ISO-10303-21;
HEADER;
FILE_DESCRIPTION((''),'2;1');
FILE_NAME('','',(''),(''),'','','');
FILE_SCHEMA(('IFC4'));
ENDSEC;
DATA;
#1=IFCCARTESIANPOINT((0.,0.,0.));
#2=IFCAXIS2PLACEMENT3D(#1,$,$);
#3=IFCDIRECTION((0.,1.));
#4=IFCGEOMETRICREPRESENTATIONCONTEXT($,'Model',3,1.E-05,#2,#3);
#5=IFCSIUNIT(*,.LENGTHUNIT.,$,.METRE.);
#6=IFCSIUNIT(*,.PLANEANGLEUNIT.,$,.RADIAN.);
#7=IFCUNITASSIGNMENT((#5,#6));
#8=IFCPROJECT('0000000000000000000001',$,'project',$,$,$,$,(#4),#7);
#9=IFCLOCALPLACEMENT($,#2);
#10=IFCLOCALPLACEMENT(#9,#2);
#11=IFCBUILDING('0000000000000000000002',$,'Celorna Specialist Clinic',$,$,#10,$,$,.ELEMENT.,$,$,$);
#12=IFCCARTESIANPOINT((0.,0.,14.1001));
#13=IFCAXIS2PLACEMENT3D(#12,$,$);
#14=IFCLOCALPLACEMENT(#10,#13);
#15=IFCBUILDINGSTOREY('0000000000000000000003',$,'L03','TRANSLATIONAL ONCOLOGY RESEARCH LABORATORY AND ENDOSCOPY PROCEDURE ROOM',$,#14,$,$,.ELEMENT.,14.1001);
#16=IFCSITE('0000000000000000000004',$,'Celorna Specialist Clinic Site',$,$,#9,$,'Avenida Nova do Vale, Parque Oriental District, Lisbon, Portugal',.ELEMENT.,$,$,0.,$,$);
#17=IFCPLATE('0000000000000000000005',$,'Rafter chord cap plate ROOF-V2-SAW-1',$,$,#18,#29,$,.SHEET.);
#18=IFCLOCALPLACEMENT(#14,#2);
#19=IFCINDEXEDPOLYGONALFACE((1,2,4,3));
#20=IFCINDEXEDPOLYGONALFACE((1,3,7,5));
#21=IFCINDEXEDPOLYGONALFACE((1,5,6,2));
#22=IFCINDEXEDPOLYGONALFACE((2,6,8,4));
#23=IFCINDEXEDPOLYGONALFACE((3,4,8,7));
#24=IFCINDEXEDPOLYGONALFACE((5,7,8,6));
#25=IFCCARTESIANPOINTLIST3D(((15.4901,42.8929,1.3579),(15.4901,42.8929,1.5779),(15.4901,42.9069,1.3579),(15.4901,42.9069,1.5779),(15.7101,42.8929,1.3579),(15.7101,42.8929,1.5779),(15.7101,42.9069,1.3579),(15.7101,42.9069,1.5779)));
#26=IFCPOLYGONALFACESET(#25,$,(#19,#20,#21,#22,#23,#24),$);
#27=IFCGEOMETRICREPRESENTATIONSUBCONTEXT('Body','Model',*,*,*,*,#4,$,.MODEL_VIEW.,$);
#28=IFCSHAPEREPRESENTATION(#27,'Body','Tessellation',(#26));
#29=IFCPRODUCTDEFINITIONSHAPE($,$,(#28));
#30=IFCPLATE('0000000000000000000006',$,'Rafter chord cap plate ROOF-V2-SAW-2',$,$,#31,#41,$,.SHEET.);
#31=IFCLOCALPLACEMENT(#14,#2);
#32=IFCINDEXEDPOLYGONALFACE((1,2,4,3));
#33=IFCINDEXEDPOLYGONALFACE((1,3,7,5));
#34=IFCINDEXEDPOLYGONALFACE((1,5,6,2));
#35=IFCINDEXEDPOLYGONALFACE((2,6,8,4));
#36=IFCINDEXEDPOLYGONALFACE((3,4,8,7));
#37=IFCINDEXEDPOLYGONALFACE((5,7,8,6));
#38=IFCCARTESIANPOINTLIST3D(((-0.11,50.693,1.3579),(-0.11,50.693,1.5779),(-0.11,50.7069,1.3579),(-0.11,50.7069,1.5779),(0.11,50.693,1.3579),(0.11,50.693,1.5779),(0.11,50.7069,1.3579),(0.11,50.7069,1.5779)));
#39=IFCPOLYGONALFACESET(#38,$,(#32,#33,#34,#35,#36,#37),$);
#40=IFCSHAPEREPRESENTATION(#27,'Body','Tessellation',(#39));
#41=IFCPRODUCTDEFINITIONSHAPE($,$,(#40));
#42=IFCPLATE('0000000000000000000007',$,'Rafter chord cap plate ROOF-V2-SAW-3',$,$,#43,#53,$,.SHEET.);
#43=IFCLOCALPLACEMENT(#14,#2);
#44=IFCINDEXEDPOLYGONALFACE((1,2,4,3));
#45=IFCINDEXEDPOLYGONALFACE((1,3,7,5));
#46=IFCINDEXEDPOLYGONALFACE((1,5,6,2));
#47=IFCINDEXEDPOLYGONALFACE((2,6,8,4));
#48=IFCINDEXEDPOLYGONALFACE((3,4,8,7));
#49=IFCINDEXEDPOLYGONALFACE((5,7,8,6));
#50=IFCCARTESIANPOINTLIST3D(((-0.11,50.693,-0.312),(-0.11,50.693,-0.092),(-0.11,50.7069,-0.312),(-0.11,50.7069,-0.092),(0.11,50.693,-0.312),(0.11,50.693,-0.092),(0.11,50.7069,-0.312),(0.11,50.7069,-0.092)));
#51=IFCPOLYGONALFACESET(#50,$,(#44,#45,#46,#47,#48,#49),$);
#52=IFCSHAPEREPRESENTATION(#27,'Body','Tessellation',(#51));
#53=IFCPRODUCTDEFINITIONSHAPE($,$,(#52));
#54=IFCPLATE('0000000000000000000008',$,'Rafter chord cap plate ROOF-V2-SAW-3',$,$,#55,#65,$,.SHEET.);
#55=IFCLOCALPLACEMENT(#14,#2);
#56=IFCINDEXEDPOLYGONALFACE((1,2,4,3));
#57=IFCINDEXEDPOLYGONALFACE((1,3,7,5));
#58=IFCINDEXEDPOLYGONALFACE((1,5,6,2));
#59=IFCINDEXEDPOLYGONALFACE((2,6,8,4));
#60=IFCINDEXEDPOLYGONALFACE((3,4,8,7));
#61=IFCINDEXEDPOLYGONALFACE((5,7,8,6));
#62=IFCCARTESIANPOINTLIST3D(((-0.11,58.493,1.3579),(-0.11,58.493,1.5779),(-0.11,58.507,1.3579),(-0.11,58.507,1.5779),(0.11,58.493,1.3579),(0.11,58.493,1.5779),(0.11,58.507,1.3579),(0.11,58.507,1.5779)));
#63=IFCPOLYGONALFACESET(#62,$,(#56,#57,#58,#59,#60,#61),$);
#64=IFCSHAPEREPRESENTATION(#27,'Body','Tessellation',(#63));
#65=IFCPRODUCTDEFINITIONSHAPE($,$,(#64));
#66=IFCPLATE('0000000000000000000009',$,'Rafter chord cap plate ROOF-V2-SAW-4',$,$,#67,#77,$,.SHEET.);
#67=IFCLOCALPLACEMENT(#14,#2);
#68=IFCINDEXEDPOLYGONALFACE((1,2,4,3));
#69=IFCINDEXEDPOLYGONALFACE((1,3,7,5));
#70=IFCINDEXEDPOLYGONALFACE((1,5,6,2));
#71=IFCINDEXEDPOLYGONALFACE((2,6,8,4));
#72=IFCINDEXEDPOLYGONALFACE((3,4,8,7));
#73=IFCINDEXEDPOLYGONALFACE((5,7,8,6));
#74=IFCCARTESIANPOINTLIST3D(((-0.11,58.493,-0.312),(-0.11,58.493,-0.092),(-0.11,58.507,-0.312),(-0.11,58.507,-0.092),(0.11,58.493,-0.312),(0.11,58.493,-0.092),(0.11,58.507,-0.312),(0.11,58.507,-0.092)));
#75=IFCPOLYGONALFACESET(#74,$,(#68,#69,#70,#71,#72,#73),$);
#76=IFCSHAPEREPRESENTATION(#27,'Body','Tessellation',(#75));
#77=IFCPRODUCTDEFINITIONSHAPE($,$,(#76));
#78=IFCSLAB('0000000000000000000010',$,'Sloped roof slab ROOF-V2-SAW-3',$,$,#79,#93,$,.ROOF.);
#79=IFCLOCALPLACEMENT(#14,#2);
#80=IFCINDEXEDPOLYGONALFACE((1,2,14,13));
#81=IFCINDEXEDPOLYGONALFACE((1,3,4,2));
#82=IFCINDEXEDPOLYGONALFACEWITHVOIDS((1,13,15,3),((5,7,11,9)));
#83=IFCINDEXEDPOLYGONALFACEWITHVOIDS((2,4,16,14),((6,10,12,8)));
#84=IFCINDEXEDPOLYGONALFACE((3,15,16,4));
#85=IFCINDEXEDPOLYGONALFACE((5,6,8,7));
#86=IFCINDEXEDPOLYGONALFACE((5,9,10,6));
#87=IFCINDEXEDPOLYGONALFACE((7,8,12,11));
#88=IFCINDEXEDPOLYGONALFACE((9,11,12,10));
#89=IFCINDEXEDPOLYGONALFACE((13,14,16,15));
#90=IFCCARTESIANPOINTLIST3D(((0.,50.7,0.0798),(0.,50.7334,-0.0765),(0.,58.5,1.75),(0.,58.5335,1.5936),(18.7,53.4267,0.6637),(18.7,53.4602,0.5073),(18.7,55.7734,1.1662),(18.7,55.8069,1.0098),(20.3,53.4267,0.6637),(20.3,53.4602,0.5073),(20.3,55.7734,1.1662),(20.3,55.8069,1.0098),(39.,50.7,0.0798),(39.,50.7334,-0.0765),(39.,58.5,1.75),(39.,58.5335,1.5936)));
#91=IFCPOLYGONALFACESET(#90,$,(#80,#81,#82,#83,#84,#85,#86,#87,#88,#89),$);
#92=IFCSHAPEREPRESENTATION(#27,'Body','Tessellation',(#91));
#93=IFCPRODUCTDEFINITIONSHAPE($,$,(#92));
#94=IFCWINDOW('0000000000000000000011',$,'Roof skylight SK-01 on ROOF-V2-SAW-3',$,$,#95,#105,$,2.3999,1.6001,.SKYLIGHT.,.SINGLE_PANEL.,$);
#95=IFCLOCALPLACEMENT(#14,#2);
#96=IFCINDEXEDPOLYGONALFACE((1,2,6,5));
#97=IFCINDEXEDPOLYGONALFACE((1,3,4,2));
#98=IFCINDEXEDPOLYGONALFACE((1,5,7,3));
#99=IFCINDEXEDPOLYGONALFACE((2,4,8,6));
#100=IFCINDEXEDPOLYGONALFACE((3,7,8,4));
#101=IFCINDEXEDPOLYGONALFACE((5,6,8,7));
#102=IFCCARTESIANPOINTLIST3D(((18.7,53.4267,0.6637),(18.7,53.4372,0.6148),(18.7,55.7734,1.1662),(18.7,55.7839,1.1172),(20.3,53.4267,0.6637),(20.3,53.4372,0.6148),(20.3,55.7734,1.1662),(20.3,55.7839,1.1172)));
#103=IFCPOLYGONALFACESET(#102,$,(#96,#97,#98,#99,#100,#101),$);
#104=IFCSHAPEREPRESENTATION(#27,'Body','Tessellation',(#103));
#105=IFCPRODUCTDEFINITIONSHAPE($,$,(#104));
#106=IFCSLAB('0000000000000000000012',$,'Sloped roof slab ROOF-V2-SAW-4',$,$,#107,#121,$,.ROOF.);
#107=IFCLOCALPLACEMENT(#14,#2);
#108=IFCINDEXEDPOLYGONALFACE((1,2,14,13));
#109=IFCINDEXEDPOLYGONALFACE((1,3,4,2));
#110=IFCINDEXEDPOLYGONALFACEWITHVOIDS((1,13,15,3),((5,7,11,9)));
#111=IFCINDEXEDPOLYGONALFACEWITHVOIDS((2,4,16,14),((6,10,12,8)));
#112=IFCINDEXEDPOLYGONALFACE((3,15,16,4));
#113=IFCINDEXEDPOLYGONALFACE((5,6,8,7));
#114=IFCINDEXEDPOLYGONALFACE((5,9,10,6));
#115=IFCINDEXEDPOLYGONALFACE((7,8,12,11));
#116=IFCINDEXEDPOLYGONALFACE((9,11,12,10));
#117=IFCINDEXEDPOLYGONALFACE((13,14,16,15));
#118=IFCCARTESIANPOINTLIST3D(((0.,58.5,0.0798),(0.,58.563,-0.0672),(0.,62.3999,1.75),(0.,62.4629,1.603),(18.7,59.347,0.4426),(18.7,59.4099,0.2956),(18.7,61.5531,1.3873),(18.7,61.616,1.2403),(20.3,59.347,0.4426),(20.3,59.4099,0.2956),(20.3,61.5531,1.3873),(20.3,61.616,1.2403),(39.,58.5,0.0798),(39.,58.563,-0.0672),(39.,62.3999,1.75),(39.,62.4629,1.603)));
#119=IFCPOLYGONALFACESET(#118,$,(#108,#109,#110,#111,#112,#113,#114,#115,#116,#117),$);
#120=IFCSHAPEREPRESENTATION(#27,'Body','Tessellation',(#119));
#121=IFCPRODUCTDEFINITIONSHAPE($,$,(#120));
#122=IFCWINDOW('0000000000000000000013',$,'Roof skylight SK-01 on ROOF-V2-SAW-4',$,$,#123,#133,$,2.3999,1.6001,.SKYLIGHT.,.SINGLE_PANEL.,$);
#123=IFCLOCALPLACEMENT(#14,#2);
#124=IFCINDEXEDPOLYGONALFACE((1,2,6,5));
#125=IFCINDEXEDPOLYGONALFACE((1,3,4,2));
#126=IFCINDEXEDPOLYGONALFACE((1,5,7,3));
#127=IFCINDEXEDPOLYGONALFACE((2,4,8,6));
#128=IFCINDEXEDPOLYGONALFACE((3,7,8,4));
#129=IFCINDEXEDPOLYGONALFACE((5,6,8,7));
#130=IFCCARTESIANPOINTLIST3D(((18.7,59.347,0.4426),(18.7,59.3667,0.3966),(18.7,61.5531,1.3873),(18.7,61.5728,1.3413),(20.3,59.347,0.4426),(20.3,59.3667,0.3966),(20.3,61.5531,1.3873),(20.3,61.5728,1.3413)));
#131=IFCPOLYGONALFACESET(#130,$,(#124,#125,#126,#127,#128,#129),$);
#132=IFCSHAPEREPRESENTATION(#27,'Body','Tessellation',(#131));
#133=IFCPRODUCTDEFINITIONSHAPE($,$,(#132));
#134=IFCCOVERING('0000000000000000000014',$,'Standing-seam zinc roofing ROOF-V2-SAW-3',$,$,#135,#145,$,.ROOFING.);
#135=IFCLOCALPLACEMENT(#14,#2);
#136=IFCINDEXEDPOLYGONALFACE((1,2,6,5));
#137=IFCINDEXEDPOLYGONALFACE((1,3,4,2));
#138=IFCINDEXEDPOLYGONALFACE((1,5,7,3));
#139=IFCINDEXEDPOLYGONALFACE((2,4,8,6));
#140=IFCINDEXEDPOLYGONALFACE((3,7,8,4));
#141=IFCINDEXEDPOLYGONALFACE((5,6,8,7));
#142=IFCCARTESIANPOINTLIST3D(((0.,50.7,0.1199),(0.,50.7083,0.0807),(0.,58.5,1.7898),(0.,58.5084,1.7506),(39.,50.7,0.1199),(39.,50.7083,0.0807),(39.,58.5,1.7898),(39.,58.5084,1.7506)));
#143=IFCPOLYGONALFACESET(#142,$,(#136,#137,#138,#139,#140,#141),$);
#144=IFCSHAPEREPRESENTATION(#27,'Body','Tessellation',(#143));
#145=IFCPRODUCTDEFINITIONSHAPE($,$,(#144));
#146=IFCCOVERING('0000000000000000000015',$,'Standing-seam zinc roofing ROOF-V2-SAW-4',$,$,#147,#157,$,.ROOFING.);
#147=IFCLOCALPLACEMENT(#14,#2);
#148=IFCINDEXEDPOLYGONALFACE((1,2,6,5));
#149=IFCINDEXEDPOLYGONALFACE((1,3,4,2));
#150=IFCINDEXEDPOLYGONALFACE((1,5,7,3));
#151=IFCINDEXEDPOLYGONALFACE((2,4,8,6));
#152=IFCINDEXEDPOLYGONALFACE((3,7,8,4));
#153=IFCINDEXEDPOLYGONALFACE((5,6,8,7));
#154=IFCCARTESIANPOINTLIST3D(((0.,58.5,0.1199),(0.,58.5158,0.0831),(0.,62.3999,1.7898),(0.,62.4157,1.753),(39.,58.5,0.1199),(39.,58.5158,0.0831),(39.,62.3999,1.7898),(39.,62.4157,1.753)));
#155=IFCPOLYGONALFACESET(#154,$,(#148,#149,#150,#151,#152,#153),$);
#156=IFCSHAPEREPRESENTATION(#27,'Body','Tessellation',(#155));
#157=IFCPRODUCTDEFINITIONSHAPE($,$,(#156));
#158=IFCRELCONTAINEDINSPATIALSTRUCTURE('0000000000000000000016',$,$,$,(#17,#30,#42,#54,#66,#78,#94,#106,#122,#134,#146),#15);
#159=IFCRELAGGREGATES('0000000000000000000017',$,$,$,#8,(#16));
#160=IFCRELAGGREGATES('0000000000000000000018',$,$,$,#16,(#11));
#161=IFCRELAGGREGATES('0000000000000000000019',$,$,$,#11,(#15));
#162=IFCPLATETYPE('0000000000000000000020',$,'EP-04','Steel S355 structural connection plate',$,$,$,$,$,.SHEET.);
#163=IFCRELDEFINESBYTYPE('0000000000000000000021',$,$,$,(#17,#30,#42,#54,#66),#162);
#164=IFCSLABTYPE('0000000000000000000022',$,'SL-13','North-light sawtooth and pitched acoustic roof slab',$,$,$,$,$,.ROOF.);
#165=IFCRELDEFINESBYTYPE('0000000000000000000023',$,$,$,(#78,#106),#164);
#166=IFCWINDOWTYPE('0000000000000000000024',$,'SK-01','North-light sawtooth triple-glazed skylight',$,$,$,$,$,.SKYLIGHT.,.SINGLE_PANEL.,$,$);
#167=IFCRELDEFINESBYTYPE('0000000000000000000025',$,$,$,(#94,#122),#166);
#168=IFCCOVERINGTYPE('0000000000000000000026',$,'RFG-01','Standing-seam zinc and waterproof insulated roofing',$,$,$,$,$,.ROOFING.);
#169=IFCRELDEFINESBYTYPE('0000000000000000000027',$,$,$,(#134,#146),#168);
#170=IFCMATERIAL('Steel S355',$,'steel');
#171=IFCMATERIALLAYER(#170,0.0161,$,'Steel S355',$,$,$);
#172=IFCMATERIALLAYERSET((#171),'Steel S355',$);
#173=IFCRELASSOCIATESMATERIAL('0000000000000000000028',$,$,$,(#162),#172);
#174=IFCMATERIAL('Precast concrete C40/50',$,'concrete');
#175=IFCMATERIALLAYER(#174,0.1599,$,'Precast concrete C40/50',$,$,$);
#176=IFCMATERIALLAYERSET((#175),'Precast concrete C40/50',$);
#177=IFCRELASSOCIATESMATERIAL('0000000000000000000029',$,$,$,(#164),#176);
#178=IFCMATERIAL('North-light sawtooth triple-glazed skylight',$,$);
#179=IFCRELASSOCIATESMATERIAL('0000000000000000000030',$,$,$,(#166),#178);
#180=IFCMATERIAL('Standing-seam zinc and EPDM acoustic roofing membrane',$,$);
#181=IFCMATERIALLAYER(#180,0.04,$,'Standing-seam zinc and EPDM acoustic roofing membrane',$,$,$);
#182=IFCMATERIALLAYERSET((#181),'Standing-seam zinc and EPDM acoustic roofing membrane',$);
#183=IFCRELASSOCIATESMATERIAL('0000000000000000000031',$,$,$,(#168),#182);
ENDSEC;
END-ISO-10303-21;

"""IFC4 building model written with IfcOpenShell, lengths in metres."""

from ifc_helpers import new_model, si_unit, direction, frame, origin, origin_2d, place, context, subcontext, project, spatial, polyline, rectangle, outline, extrude, material, layer, layer_set, type_object, element, fill, save


model = new_model("IFC4")

# Units and contexts
model_context = context("Model", 3, precision=1e-05, world=origin(), true_north=direction((0.0, 1.0)))
body_context = subcontext(model_context, "Body", "Model", "MODEL_VIEW")
ifc_project = project(units=[si_unit("LENGTHUNIT", "METRE"), si_unit("PLANEANGLEUNIT", "RADIAN")], contexts=[model_context])

# Site, building, storey
site_placement = place(None, origin())
site = spatial("IfcSite", under=ifc_project, at=site_placement, Name="Celorna Specialist Clinic Site", LongName="Avenida Nova do Vale, Parque Oriental District, Lisbon, Portugal", CompositionType="ELEMENT", RefElevation=0.0)
building_placement = place(site_placement, origin())
building = spatial("IfcBuilding", under=site, at=building_placement, Name="Celorna Specialist Clinic", CompositionType="ELEMENT")
storey_placement = place(building_placement, frame((0.0, 0.0, 14.1001)))
storey = spatial("IfcBuildingStorey", under=building, at=storey_placement, Name="L03", Description="TRANSLATIONAL ONCOLOGY RESEARCH LABORATORY AND ENDOSCOPY PROCEDURE ROOM", CompositionType="ELEMENT", Elevation=14.1001)

# Shared definitions
ifc_material_1 = material(Name="Steel S355", Category="steel")

# Plates
ifc_layer_1 = layer(ifc_material_1, 0.0161, Name="Steel S355")
ifc_layer_set_1 = layer_set([ifc_layer_1], Name="Steel S355")
plate_type = type_object("IfcPlateType", Name="EP-04", Description="Steel S355 structural connection plate", PredefinedType="SHEET", material=ifc_layer_set_1)
for number, where, z_axis, x_axis, name in (
    (1, (15.6001, 42.8999, 1.3579), (0.0, 0.0, 1.0), (1.0, 0.0, 0.0), "Rafter chord cap plate ROOF-V2-SAW-1"),
    (2, (0.0, 50.7, 1.3579), (0.0, 0.0, 1.0), (1.0, 0.0, 0.0), "Rafter chord cap plate ROOF-V2-SAW-2"),
    (3, (0.0, 50.7, -0.312), (0.0, 0.0, 1.0), (1.0, 0.0, 0.0), "Rafter chord cap plate ROOF-V2-SAW-3"),
    (4, (0.0, 58.5, 1.3579), (0.0, 0.0, 1.0), (1.0, 0.0, 0.0), "Rafter chord cap plate ROOF-V2-SAW-3"),
    (5, (0.0, 58.5, -0.312), (0.0, 0.0, 1.0), (1.0, 0.0, 0.0), "Rafter chord cap plate ROOF-V2-SAW-4"),
):
    element("IfcPlate", number, at=place(storey_placement, frame(where, z_axis=z_axis, x_axis=x_axis)), inside=storey, type_object=plate_type, Name=name, PredefinedType="SHEET", context=body_context, shape_type="SweptSolid", body=[
        extrude(rectangle(XDim=0.22, YDim=0.0139, at=origin_2d()), origin(), (0.0, 0.0, 1.0), 0.22),
    ])

# Slabs, openings, windows
ifc_material_2 = material(Name="Precast concrete C40/50", Category="concrete")
ifc_layer_2 = layer(ifc_material_2, 0.1599, Name="Precast concrete C40/50")
ifc_layer_set_2 = layer_set([ifc_layer_2], Name="Precast concrete C40/50")
slab_type = type_object("IfcSlabType", Name="SL-13", Description="North-light sawtooth and pitched acoustic roof slab", PredefinedType="ROOF", material=ifc_layer_set_2)
slab_1_placement = place(storey_placement, frame((0.0, 50.7, 0.0798), z_axis=(0.0, -0.209377, 0.977835), x_axis=(1.0, 0.0, 0.0)))
slab_1 = element("IfcSlab", 6, at=slab_1_placement, inside=storey, type_object=slab_type, Name="Sloped roof slab ROOF-V2-SAW-3", PredefinedType="ROOF", context=body_context, shape_type="SweptSolid", body=[
    extrude(outline(polyline([(0.0, 0.0), (39.0, 0.0), (39.0, 7.9769), (0.0, 7.9769), (0.0, 0.0)])), origin(), (0.0, 0.0, -1.0), 0.1599),
])
opening_1_placement = place(slab_1_placement, frame((19.5, 3.9885, 0.01)))
opening_1 = element("IfcOpeningElement", 7, at=opening_1_placement, cuts=slab_1, PredefinedType="OPENING", context=body_context, shape_type="SweptSolid", body=[
    extrude(rectangle(XDim=1.6001, YDim=2.3999, at=origin_2d()), origin(), (0.0, 0.0, -1.0), 0.1799),
])
ifc_material_3 = material(Name="North-light sawtooth triple-glazed skylight")
window_type = type_object("IfcWindowType", Name="SK-01", Description="North-light sawtooth triple-glazed skylight", PartitioningType="SINGLE_PANEL", PredefinedType="SKYLIGHT", material=ifc_material_3)
window_1_placement = place(opening_1_placement, frame((0.0, 0.0, -0.01)))
window_1 = element("IfcWindow", 8, at=window_1_placement, inside=storey, type_object=window_type, Name="Roof skylight SK-01 on ROOF-V2-SAW-3", OverallHeight=2.3999, OverallWidth=1.6001, PartitioningType="SINGLE_PANEL", PredefinedType="SKYLIGHT", context=body_context, shape_type="SweptSolid", body=[
    extrude(rectangle(XDim=1.6001, YDim=2.3999, at=origin_2d()), origin(), (0.0, 0.0, -1.0), 0.05),
])
fill(opening_1, window_1)
slab_2_placement = place(storey_placement, frame((0.0, 58.5, 0.0798), z_axis=(0.0, -0.393676, 0.919249), x_axis=(1.0, 0.0, 0.0)))
slab_2 = element("IfcSlab", 9, at=slab_2_placement, inside=storey, type_object=slab_type, Name="Sloped roof slab ROOF-V2-SAW-4", PredefinedType="ROOF", context=body_context, shape_type="SweptSolid", body=[
    extrude(outline(polyline([(0.0, 0.0), (39.0, 0.0), (39.0, 4.2425), (0.0, 4.2425), (0.0, 0.0)])), origin(), (0.0, 0.0, -1.0), 0.1599),
])
opening_2_placement = place(slab_2_placement, frame((19.5, 2.1213, 0.01)))
opening_2 = element("IfcOpeningElement", 10, at=opening_2_placement, cuts=slab_2, PredefinedType="OPENING", context=body_context, shape_type="SweptSolid", body=[
    extrude(rectangle(XDim=1.6001, YDim=2.3999, at=origin_2d()), origin(), (0.0, 0.0, -1.0), 0.1799),
])
window_2_placement = place(opening_2_placement, frame((0.0, 0.0, -0.01)))
window_2 = element("IfcWindow", 11, at=window_2_placement, inside=storey, type_object=window_type, Name="Roof skylight SK-01 on ROOF-V2-SAW-4", OverallHeight=2.3999, OverallWidth=1.6001, PartitioningType="SINGLE_PANEL", PredefinedType="SKYLIGHT", context=body_context, shape_type="SweptSolid", body=[
    extrude(rectangle(XDim=1.6001, YDim=2.3999, at=origin_2d()), origin(), (0.0, 0.0, -1.0), 0.05),
])
fill(opening_2, window_2)

# Coverings
ifc_material_4 = material(Name="Standing-seam zinc and EPDM acoustic roofing membrane")
ifc_layer_3 = layer(ifc_material_4, 0.04, Name="Standing-seam zinc and EPDM acoustic roofing membrane")
ifc_layer_set_3 = layer_set([ifc_layer_3], Name="Standing-seam zinc and EPDM acoustic roofing membrane")
covering_type = type_object("IfcCoveringType", Name="RFG-01", Description="Standing-seam zinc and waterproof insulated roofing", PredefinedType="ROOFING", material=ifc_layer_set_3)
covering_1_placement = place(storey_placement, frame((0.0, 50.7, 0.1199), z_axis=(0.0, -0.209347, 0.977841), x_axis=(1.0, 0.0, 0.0)))
element("IfcCovering", 12, at=covering_1_placement, inside=storey, type_object=covering_type, Name="Standing-seam zinc roofing ROOF-V2-SAW-3", PredefinedType="ROOFING", context=body_context, shape_type="SweptSolid", body=[
    extrude(outline(polyline([(0.0, 0.0), (39.0, 0.0), (39.0, 7.9768), (0.0, 7.9768), (0.0, 0.0)])), origin(), (0.0, 0.0, -1.0), 0.04),
])
covering_2_placement = place(storey_placement, frame((0.0, 58.5, 0.1199), z_axis=(0.0, -0.393628, 0.91927), x_axis=(1.0, 0.0, 0.0)))
element("IfcCovering", 13, at=covering_2_placement, inside=storey, type_object=covering_type, Name="Standing-seam zinc roofing ROOF-V2-SAW-4", PredefinedType="ROOFING", context=body_context, shape_type="SweptSolid", body=[
    extrude(outline(polyline([(0.0, 0.0), (39.0, 0.0), (39.0, 4.2424), (0.0, 4.2424), (0.0, 0.0)])), origin(), (0.0, 0.0, -1.0), 0.04),
])

save(model, "model.ifc")
